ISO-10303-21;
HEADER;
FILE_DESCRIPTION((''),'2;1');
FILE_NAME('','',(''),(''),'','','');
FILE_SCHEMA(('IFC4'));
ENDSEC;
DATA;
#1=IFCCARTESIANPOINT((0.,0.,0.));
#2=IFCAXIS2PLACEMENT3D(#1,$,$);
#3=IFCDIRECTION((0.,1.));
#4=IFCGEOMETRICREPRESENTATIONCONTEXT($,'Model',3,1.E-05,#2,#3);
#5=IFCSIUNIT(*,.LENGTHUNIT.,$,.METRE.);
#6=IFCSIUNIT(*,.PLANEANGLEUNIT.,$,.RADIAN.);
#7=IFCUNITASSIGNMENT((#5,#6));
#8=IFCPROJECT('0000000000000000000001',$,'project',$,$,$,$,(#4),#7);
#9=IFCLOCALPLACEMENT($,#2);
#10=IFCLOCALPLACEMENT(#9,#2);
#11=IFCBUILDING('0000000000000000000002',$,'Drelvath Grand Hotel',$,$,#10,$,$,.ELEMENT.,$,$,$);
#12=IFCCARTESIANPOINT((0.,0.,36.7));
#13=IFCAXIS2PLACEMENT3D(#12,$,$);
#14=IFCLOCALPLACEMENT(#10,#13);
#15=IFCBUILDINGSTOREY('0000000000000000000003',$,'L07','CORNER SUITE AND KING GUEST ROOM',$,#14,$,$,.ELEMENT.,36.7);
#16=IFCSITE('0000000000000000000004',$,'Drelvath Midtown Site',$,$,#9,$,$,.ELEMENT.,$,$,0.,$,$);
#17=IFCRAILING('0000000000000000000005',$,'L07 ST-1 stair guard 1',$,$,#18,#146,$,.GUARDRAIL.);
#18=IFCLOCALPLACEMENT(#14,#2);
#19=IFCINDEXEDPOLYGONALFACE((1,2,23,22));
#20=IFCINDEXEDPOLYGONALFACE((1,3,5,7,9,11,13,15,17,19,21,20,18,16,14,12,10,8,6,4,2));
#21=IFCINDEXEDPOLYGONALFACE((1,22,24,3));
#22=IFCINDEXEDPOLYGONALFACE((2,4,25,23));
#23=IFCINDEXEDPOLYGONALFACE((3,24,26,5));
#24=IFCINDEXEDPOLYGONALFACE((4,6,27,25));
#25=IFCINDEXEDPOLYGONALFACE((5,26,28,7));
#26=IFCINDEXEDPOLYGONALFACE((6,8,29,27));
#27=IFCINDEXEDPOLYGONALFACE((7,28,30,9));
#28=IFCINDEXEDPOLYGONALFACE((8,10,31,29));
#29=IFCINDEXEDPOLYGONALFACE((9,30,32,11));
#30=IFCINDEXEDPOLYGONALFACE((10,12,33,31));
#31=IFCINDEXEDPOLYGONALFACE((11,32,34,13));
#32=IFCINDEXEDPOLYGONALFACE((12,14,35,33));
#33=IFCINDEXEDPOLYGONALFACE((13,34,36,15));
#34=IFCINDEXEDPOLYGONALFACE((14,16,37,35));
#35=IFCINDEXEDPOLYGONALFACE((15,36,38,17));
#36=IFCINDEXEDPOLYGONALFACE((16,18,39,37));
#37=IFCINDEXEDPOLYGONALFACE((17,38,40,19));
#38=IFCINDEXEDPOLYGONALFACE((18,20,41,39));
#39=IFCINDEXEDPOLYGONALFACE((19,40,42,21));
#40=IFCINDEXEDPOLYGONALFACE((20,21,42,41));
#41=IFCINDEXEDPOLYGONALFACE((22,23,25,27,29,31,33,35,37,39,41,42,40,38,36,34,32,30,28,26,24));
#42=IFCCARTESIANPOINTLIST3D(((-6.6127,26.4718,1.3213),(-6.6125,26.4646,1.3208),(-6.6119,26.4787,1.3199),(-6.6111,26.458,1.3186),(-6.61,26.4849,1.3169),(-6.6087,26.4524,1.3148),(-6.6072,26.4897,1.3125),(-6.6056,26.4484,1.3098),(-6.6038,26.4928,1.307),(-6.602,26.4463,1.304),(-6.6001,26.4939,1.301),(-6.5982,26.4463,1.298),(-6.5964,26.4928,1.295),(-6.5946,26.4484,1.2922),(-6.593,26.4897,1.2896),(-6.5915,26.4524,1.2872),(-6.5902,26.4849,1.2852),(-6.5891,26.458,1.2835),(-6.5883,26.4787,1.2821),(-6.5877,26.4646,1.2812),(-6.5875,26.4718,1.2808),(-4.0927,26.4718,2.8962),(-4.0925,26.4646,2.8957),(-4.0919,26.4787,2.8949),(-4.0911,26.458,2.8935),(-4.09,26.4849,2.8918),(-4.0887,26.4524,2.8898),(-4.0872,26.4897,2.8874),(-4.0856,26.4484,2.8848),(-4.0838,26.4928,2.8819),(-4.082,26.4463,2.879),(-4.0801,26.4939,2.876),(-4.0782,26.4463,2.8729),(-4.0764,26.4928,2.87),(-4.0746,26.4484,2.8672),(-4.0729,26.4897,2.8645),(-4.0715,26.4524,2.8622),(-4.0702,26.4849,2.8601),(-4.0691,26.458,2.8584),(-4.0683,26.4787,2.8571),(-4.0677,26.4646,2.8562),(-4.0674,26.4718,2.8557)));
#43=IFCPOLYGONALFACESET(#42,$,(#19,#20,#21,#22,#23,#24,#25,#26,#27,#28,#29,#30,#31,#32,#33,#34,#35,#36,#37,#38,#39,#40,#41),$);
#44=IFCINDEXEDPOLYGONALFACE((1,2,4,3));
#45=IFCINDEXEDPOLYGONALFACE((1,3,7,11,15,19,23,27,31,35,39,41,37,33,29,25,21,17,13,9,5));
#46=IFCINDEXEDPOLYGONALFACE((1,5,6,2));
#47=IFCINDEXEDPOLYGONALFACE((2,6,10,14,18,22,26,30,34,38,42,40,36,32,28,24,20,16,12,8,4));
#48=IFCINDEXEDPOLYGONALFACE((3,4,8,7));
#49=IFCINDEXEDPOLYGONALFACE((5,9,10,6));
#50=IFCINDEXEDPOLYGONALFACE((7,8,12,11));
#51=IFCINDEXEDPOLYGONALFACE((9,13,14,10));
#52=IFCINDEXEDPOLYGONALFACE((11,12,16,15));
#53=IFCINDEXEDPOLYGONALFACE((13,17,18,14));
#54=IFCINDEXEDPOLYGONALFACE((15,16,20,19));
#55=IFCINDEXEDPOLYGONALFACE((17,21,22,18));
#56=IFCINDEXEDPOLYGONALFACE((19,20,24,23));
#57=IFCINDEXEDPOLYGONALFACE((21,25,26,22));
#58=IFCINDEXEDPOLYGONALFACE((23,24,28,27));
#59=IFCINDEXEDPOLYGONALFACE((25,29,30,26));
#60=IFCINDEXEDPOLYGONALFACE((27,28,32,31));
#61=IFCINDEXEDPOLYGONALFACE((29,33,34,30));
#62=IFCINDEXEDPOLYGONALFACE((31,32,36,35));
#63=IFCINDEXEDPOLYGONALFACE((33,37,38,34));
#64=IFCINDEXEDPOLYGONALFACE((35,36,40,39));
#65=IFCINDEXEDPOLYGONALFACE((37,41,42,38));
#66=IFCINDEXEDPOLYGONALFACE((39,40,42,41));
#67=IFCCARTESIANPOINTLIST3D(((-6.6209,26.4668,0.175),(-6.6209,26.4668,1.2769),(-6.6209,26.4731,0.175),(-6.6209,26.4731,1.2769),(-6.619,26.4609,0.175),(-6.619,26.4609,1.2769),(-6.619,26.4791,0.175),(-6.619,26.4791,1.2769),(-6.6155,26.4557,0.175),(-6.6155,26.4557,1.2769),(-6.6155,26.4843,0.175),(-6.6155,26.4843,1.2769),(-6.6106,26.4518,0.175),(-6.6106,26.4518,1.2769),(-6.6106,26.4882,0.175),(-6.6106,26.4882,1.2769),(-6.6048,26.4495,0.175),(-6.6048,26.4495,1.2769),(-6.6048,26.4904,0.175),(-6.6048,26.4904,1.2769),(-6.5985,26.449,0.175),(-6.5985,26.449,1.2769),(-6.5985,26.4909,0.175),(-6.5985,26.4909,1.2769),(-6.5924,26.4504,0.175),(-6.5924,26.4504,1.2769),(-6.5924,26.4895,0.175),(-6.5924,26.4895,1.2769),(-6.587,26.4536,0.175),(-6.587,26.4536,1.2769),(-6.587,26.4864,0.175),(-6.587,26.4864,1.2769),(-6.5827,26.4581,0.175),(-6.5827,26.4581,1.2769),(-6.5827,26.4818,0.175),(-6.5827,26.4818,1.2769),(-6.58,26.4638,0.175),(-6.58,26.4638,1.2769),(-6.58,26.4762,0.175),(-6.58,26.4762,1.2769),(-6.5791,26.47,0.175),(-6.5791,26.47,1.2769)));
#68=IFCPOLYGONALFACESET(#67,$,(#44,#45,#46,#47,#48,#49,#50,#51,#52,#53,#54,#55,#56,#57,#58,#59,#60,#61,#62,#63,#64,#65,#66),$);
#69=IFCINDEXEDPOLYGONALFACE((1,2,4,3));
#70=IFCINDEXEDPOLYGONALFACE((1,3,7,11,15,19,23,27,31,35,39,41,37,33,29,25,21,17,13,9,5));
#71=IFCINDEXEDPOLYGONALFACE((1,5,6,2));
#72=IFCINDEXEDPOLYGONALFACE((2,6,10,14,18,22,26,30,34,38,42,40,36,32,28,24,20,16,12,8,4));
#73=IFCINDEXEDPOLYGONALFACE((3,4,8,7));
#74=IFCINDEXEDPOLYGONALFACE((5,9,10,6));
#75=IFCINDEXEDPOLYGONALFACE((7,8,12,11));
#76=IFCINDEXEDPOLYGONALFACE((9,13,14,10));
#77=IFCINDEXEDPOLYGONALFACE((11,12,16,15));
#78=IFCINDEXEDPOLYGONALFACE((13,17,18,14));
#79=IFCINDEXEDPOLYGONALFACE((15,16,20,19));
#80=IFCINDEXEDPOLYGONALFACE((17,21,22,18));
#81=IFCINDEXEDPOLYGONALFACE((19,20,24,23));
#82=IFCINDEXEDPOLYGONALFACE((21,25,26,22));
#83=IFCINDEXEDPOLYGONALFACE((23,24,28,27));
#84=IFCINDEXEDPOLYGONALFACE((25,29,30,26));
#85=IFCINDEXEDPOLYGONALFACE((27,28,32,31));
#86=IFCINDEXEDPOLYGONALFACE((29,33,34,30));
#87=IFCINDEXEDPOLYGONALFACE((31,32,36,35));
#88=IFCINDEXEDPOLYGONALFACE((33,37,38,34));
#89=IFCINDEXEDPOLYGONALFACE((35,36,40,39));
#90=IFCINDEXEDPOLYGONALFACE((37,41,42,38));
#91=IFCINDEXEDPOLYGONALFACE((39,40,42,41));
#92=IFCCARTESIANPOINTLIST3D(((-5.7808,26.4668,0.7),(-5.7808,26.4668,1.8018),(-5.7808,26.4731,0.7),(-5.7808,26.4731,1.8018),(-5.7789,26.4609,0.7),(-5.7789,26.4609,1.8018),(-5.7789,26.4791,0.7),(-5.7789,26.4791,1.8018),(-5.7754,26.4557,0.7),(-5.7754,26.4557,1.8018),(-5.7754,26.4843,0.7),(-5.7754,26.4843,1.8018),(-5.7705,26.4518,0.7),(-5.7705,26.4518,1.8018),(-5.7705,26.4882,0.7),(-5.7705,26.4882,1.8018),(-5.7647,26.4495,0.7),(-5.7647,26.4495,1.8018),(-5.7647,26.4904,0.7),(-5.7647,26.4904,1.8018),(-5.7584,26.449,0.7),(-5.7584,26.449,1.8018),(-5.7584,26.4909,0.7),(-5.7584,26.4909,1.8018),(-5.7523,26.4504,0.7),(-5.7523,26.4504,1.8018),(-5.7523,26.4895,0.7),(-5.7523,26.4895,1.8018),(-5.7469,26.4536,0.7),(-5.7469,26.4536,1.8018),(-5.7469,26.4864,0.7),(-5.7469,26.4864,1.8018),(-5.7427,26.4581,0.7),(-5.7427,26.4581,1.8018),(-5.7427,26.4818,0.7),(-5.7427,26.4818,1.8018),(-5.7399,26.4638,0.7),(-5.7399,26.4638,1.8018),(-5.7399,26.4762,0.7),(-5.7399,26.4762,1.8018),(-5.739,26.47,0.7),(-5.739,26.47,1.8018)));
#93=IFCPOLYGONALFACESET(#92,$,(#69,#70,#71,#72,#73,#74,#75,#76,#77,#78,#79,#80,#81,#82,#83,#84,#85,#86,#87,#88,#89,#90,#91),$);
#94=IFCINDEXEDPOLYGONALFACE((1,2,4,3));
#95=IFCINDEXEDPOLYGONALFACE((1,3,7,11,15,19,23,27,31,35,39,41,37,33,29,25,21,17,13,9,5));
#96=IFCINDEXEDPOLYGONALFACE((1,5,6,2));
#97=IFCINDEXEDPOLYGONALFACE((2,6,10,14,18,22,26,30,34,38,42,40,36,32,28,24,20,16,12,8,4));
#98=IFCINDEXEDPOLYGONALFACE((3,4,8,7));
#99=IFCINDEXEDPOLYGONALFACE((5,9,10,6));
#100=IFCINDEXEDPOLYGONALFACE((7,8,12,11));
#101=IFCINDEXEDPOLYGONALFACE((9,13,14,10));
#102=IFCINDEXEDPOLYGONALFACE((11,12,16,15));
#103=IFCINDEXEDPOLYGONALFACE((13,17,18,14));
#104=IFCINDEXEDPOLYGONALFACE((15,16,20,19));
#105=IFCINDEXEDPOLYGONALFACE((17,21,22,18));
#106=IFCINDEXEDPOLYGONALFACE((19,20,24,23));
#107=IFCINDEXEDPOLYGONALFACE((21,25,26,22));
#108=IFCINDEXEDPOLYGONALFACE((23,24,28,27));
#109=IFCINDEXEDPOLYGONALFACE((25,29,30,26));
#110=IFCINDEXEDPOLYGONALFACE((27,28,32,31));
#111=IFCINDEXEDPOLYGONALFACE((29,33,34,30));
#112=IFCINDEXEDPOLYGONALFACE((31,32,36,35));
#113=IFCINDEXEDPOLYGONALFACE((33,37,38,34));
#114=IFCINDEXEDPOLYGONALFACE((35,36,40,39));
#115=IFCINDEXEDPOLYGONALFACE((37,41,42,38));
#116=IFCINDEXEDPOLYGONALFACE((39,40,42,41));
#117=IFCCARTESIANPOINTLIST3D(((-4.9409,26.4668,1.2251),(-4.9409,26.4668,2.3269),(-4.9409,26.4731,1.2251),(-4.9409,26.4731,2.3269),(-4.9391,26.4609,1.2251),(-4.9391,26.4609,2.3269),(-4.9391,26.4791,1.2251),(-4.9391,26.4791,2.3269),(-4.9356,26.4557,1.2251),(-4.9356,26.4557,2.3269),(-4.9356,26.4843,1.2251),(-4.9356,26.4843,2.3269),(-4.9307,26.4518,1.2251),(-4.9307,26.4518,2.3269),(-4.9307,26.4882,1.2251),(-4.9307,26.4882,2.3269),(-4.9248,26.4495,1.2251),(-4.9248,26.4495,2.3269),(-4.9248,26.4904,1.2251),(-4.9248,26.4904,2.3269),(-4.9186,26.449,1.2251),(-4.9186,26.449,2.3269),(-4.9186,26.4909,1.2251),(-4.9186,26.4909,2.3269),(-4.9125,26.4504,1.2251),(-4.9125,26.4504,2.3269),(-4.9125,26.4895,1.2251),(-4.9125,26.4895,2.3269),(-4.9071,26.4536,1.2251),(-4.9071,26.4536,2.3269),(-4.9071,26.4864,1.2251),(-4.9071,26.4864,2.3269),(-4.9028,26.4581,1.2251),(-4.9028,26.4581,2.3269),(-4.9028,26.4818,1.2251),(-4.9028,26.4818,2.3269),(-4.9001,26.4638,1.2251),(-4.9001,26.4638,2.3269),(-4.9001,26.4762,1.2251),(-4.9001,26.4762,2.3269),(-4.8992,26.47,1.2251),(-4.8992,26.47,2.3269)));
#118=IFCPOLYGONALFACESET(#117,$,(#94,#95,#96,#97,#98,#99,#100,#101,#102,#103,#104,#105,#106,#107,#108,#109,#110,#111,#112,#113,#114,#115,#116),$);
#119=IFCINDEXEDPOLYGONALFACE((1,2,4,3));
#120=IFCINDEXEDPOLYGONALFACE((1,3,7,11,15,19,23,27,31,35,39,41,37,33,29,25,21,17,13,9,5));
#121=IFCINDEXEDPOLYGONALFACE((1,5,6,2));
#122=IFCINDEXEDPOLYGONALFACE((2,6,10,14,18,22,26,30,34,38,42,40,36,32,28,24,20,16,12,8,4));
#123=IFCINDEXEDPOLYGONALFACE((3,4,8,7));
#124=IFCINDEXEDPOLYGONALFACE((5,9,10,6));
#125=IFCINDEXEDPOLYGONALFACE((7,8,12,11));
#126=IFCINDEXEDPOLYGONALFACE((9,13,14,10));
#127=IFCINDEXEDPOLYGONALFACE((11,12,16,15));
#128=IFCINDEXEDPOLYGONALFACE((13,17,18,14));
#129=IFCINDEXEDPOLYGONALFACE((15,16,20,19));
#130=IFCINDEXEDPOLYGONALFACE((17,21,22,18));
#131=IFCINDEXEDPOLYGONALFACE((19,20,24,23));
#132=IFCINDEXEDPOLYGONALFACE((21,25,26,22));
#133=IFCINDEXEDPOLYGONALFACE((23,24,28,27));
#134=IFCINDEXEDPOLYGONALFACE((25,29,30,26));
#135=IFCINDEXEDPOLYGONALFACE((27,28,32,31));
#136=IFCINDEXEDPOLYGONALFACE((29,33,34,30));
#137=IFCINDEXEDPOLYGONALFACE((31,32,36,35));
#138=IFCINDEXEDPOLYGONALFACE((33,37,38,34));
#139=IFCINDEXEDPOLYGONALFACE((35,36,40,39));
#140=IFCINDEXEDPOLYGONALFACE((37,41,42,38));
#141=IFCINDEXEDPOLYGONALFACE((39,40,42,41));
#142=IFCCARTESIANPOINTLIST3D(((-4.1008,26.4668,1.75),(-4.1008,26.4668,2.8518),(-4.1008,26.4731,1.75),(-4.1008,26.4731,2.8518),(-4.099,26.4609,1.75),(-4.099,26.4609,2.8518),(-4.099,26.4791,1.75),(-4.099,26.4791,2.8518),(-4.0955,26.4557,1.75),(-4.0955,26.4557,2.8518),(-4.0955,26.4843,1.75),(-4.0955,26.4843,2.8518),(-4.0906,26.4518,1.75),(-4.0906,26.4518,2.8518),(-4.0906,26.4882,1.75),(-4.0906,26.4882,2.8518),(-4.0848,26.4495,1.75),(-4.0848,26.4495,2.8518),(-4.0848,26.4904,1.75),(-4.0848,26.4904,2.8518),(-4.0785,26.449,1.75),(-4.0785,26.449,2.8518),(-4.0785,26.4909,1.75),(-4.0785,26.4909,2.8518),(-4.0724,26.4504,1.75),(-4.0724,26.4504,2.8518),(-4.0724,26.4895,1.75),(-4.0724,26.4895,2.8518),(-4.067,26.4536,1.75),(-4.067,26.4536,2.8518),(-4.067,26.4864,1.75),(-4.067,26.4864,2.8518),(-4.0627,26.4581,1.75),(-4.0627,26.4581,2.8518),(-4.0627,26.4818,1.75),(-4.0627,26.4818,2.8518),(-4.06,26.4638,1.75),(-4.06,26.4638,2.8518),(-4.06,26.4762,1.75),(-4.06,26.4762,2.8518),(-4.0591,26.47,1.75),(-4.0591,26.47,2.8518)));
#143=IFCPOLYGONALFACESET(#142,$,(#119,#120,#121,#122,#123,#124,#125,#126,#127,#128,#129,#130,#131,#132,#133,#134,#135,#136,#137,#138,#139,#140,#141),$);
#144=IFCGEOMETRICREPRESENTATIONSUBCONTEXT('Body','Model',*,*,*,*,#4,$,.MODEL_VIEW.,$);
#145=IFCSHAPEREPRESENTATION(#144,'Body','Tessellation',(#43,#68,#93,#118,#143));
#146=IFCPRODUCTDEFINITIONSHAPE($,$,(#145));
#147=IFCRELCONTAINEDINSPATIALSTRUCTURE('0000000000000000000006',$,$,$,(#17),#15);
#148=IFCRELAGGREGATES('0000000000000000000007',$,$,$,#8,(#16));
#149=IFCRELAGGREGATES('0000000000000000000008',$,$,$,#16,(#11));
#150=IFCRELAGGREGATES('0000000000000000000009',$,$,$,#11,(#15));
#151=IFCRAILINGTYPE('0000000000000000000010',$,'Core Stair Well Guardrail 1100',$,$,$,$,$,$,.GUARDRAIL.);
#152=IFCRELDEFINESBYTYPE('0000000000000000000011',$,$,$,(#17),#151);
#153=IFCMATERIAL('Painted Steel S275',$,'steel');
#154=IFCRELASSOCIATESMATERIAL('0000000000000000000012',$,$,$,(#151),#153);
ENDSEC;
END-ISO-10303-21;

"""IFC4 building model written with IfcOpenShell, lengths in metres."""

from ifc_helpers import new_model, si_unit, direction, frame, origin, origin_2d, place, context, subcontext, project, spatial, circle, extrude, material, type_object, element, save


model = new_model("IFC4")

# Units and contexts
model_context = context("Model", 3, precision=1e-05, world=origin(), true_north=direction((0.0, 1.0)))
body_context = subcontext(model_context, "Body", "Model", "MODEL_VIEW")
ifc_project = project(units=[si_unit("LENGTHUNIT", "METRE"), si_unit("PLANEANGLEUNIT", "RADIAN")], contexts=[model_context])

# Site, building, storey
site_placement = place(None, origin())
site = spatial("IfcSite", under=ifc_project, at=site_placement, Name="Drelvath Midtown Site", CompositionType="ELEMENT", RefElevation=0.0)
building_placement = place(site_placement, origin())
building = spatial("IfcBuilding", under=site, at=building_placement, Name="Drelvath Grand Hotel", CompositionType="ELEMENT")
storey_placement = place(building_placement, frame((0.0, 0.0, 36.7)))
storey = spatial("IfcBuildingStorey", under=building, at=storey_placement, Name="L07", Description="CORNER SUITE AND KING GUEST ROOM", CompositionType="ELEMENT", Elevation=36.7)

# Shared definitions
ifc_material_1 = material(Name="Painted Steel S275", Category="steel")

# Railing
railing_type_1 = type_object("IfcRailingType", Name="Core Stair Well Guardrail 1100", PredefinedType="GUARDRAIL", material=ifc_material_1)
railing_1_placement = place(storey_placement, frame((-6.6001, 26.47, 0.175)))
element("IfcRailing", 1, at=railing_1_placement, inside=storey, type_object=railing_type_1, Name="L07 ST-1 stair guard 1", PredefinedType="GUARDRAIL", context=body_context, shape_type="SweptSolid", body=[
    extrude(circle(Radius=0.0239, at=origin_2d()), frame((0.0, 0.0, 1.126), z_axis=(0.848008, 0.0, 0.529984), x_axis=(0.0, 1.0, 0.0)), (0.0, 0.0, 1.0), 2.9717),
    extrude(circle(Radius=0.021, at=origin_2d()), origin(), (0.0, 0.0, 1.0), 1.1018),
    extrude(circle(Radius=0.021, at=origin_2d()), frame((0.8401, 0.0, 0.5249)), (0.0, 0.0, 1.0), 1.1018),
    extrude(circle(Radius=0.021, at=origin_2d()), frame((1.6799, 0.0, 1.05)), (0.0, 0.0, 1.0), 1.1018),
    extrude(circle(Radius=0.021, at=origin_2d()), frame((2.52, 0.0, 1.575)), (0.0, 0.0, 1.0), 1.1018),
])

save(model, "model.ifc")
